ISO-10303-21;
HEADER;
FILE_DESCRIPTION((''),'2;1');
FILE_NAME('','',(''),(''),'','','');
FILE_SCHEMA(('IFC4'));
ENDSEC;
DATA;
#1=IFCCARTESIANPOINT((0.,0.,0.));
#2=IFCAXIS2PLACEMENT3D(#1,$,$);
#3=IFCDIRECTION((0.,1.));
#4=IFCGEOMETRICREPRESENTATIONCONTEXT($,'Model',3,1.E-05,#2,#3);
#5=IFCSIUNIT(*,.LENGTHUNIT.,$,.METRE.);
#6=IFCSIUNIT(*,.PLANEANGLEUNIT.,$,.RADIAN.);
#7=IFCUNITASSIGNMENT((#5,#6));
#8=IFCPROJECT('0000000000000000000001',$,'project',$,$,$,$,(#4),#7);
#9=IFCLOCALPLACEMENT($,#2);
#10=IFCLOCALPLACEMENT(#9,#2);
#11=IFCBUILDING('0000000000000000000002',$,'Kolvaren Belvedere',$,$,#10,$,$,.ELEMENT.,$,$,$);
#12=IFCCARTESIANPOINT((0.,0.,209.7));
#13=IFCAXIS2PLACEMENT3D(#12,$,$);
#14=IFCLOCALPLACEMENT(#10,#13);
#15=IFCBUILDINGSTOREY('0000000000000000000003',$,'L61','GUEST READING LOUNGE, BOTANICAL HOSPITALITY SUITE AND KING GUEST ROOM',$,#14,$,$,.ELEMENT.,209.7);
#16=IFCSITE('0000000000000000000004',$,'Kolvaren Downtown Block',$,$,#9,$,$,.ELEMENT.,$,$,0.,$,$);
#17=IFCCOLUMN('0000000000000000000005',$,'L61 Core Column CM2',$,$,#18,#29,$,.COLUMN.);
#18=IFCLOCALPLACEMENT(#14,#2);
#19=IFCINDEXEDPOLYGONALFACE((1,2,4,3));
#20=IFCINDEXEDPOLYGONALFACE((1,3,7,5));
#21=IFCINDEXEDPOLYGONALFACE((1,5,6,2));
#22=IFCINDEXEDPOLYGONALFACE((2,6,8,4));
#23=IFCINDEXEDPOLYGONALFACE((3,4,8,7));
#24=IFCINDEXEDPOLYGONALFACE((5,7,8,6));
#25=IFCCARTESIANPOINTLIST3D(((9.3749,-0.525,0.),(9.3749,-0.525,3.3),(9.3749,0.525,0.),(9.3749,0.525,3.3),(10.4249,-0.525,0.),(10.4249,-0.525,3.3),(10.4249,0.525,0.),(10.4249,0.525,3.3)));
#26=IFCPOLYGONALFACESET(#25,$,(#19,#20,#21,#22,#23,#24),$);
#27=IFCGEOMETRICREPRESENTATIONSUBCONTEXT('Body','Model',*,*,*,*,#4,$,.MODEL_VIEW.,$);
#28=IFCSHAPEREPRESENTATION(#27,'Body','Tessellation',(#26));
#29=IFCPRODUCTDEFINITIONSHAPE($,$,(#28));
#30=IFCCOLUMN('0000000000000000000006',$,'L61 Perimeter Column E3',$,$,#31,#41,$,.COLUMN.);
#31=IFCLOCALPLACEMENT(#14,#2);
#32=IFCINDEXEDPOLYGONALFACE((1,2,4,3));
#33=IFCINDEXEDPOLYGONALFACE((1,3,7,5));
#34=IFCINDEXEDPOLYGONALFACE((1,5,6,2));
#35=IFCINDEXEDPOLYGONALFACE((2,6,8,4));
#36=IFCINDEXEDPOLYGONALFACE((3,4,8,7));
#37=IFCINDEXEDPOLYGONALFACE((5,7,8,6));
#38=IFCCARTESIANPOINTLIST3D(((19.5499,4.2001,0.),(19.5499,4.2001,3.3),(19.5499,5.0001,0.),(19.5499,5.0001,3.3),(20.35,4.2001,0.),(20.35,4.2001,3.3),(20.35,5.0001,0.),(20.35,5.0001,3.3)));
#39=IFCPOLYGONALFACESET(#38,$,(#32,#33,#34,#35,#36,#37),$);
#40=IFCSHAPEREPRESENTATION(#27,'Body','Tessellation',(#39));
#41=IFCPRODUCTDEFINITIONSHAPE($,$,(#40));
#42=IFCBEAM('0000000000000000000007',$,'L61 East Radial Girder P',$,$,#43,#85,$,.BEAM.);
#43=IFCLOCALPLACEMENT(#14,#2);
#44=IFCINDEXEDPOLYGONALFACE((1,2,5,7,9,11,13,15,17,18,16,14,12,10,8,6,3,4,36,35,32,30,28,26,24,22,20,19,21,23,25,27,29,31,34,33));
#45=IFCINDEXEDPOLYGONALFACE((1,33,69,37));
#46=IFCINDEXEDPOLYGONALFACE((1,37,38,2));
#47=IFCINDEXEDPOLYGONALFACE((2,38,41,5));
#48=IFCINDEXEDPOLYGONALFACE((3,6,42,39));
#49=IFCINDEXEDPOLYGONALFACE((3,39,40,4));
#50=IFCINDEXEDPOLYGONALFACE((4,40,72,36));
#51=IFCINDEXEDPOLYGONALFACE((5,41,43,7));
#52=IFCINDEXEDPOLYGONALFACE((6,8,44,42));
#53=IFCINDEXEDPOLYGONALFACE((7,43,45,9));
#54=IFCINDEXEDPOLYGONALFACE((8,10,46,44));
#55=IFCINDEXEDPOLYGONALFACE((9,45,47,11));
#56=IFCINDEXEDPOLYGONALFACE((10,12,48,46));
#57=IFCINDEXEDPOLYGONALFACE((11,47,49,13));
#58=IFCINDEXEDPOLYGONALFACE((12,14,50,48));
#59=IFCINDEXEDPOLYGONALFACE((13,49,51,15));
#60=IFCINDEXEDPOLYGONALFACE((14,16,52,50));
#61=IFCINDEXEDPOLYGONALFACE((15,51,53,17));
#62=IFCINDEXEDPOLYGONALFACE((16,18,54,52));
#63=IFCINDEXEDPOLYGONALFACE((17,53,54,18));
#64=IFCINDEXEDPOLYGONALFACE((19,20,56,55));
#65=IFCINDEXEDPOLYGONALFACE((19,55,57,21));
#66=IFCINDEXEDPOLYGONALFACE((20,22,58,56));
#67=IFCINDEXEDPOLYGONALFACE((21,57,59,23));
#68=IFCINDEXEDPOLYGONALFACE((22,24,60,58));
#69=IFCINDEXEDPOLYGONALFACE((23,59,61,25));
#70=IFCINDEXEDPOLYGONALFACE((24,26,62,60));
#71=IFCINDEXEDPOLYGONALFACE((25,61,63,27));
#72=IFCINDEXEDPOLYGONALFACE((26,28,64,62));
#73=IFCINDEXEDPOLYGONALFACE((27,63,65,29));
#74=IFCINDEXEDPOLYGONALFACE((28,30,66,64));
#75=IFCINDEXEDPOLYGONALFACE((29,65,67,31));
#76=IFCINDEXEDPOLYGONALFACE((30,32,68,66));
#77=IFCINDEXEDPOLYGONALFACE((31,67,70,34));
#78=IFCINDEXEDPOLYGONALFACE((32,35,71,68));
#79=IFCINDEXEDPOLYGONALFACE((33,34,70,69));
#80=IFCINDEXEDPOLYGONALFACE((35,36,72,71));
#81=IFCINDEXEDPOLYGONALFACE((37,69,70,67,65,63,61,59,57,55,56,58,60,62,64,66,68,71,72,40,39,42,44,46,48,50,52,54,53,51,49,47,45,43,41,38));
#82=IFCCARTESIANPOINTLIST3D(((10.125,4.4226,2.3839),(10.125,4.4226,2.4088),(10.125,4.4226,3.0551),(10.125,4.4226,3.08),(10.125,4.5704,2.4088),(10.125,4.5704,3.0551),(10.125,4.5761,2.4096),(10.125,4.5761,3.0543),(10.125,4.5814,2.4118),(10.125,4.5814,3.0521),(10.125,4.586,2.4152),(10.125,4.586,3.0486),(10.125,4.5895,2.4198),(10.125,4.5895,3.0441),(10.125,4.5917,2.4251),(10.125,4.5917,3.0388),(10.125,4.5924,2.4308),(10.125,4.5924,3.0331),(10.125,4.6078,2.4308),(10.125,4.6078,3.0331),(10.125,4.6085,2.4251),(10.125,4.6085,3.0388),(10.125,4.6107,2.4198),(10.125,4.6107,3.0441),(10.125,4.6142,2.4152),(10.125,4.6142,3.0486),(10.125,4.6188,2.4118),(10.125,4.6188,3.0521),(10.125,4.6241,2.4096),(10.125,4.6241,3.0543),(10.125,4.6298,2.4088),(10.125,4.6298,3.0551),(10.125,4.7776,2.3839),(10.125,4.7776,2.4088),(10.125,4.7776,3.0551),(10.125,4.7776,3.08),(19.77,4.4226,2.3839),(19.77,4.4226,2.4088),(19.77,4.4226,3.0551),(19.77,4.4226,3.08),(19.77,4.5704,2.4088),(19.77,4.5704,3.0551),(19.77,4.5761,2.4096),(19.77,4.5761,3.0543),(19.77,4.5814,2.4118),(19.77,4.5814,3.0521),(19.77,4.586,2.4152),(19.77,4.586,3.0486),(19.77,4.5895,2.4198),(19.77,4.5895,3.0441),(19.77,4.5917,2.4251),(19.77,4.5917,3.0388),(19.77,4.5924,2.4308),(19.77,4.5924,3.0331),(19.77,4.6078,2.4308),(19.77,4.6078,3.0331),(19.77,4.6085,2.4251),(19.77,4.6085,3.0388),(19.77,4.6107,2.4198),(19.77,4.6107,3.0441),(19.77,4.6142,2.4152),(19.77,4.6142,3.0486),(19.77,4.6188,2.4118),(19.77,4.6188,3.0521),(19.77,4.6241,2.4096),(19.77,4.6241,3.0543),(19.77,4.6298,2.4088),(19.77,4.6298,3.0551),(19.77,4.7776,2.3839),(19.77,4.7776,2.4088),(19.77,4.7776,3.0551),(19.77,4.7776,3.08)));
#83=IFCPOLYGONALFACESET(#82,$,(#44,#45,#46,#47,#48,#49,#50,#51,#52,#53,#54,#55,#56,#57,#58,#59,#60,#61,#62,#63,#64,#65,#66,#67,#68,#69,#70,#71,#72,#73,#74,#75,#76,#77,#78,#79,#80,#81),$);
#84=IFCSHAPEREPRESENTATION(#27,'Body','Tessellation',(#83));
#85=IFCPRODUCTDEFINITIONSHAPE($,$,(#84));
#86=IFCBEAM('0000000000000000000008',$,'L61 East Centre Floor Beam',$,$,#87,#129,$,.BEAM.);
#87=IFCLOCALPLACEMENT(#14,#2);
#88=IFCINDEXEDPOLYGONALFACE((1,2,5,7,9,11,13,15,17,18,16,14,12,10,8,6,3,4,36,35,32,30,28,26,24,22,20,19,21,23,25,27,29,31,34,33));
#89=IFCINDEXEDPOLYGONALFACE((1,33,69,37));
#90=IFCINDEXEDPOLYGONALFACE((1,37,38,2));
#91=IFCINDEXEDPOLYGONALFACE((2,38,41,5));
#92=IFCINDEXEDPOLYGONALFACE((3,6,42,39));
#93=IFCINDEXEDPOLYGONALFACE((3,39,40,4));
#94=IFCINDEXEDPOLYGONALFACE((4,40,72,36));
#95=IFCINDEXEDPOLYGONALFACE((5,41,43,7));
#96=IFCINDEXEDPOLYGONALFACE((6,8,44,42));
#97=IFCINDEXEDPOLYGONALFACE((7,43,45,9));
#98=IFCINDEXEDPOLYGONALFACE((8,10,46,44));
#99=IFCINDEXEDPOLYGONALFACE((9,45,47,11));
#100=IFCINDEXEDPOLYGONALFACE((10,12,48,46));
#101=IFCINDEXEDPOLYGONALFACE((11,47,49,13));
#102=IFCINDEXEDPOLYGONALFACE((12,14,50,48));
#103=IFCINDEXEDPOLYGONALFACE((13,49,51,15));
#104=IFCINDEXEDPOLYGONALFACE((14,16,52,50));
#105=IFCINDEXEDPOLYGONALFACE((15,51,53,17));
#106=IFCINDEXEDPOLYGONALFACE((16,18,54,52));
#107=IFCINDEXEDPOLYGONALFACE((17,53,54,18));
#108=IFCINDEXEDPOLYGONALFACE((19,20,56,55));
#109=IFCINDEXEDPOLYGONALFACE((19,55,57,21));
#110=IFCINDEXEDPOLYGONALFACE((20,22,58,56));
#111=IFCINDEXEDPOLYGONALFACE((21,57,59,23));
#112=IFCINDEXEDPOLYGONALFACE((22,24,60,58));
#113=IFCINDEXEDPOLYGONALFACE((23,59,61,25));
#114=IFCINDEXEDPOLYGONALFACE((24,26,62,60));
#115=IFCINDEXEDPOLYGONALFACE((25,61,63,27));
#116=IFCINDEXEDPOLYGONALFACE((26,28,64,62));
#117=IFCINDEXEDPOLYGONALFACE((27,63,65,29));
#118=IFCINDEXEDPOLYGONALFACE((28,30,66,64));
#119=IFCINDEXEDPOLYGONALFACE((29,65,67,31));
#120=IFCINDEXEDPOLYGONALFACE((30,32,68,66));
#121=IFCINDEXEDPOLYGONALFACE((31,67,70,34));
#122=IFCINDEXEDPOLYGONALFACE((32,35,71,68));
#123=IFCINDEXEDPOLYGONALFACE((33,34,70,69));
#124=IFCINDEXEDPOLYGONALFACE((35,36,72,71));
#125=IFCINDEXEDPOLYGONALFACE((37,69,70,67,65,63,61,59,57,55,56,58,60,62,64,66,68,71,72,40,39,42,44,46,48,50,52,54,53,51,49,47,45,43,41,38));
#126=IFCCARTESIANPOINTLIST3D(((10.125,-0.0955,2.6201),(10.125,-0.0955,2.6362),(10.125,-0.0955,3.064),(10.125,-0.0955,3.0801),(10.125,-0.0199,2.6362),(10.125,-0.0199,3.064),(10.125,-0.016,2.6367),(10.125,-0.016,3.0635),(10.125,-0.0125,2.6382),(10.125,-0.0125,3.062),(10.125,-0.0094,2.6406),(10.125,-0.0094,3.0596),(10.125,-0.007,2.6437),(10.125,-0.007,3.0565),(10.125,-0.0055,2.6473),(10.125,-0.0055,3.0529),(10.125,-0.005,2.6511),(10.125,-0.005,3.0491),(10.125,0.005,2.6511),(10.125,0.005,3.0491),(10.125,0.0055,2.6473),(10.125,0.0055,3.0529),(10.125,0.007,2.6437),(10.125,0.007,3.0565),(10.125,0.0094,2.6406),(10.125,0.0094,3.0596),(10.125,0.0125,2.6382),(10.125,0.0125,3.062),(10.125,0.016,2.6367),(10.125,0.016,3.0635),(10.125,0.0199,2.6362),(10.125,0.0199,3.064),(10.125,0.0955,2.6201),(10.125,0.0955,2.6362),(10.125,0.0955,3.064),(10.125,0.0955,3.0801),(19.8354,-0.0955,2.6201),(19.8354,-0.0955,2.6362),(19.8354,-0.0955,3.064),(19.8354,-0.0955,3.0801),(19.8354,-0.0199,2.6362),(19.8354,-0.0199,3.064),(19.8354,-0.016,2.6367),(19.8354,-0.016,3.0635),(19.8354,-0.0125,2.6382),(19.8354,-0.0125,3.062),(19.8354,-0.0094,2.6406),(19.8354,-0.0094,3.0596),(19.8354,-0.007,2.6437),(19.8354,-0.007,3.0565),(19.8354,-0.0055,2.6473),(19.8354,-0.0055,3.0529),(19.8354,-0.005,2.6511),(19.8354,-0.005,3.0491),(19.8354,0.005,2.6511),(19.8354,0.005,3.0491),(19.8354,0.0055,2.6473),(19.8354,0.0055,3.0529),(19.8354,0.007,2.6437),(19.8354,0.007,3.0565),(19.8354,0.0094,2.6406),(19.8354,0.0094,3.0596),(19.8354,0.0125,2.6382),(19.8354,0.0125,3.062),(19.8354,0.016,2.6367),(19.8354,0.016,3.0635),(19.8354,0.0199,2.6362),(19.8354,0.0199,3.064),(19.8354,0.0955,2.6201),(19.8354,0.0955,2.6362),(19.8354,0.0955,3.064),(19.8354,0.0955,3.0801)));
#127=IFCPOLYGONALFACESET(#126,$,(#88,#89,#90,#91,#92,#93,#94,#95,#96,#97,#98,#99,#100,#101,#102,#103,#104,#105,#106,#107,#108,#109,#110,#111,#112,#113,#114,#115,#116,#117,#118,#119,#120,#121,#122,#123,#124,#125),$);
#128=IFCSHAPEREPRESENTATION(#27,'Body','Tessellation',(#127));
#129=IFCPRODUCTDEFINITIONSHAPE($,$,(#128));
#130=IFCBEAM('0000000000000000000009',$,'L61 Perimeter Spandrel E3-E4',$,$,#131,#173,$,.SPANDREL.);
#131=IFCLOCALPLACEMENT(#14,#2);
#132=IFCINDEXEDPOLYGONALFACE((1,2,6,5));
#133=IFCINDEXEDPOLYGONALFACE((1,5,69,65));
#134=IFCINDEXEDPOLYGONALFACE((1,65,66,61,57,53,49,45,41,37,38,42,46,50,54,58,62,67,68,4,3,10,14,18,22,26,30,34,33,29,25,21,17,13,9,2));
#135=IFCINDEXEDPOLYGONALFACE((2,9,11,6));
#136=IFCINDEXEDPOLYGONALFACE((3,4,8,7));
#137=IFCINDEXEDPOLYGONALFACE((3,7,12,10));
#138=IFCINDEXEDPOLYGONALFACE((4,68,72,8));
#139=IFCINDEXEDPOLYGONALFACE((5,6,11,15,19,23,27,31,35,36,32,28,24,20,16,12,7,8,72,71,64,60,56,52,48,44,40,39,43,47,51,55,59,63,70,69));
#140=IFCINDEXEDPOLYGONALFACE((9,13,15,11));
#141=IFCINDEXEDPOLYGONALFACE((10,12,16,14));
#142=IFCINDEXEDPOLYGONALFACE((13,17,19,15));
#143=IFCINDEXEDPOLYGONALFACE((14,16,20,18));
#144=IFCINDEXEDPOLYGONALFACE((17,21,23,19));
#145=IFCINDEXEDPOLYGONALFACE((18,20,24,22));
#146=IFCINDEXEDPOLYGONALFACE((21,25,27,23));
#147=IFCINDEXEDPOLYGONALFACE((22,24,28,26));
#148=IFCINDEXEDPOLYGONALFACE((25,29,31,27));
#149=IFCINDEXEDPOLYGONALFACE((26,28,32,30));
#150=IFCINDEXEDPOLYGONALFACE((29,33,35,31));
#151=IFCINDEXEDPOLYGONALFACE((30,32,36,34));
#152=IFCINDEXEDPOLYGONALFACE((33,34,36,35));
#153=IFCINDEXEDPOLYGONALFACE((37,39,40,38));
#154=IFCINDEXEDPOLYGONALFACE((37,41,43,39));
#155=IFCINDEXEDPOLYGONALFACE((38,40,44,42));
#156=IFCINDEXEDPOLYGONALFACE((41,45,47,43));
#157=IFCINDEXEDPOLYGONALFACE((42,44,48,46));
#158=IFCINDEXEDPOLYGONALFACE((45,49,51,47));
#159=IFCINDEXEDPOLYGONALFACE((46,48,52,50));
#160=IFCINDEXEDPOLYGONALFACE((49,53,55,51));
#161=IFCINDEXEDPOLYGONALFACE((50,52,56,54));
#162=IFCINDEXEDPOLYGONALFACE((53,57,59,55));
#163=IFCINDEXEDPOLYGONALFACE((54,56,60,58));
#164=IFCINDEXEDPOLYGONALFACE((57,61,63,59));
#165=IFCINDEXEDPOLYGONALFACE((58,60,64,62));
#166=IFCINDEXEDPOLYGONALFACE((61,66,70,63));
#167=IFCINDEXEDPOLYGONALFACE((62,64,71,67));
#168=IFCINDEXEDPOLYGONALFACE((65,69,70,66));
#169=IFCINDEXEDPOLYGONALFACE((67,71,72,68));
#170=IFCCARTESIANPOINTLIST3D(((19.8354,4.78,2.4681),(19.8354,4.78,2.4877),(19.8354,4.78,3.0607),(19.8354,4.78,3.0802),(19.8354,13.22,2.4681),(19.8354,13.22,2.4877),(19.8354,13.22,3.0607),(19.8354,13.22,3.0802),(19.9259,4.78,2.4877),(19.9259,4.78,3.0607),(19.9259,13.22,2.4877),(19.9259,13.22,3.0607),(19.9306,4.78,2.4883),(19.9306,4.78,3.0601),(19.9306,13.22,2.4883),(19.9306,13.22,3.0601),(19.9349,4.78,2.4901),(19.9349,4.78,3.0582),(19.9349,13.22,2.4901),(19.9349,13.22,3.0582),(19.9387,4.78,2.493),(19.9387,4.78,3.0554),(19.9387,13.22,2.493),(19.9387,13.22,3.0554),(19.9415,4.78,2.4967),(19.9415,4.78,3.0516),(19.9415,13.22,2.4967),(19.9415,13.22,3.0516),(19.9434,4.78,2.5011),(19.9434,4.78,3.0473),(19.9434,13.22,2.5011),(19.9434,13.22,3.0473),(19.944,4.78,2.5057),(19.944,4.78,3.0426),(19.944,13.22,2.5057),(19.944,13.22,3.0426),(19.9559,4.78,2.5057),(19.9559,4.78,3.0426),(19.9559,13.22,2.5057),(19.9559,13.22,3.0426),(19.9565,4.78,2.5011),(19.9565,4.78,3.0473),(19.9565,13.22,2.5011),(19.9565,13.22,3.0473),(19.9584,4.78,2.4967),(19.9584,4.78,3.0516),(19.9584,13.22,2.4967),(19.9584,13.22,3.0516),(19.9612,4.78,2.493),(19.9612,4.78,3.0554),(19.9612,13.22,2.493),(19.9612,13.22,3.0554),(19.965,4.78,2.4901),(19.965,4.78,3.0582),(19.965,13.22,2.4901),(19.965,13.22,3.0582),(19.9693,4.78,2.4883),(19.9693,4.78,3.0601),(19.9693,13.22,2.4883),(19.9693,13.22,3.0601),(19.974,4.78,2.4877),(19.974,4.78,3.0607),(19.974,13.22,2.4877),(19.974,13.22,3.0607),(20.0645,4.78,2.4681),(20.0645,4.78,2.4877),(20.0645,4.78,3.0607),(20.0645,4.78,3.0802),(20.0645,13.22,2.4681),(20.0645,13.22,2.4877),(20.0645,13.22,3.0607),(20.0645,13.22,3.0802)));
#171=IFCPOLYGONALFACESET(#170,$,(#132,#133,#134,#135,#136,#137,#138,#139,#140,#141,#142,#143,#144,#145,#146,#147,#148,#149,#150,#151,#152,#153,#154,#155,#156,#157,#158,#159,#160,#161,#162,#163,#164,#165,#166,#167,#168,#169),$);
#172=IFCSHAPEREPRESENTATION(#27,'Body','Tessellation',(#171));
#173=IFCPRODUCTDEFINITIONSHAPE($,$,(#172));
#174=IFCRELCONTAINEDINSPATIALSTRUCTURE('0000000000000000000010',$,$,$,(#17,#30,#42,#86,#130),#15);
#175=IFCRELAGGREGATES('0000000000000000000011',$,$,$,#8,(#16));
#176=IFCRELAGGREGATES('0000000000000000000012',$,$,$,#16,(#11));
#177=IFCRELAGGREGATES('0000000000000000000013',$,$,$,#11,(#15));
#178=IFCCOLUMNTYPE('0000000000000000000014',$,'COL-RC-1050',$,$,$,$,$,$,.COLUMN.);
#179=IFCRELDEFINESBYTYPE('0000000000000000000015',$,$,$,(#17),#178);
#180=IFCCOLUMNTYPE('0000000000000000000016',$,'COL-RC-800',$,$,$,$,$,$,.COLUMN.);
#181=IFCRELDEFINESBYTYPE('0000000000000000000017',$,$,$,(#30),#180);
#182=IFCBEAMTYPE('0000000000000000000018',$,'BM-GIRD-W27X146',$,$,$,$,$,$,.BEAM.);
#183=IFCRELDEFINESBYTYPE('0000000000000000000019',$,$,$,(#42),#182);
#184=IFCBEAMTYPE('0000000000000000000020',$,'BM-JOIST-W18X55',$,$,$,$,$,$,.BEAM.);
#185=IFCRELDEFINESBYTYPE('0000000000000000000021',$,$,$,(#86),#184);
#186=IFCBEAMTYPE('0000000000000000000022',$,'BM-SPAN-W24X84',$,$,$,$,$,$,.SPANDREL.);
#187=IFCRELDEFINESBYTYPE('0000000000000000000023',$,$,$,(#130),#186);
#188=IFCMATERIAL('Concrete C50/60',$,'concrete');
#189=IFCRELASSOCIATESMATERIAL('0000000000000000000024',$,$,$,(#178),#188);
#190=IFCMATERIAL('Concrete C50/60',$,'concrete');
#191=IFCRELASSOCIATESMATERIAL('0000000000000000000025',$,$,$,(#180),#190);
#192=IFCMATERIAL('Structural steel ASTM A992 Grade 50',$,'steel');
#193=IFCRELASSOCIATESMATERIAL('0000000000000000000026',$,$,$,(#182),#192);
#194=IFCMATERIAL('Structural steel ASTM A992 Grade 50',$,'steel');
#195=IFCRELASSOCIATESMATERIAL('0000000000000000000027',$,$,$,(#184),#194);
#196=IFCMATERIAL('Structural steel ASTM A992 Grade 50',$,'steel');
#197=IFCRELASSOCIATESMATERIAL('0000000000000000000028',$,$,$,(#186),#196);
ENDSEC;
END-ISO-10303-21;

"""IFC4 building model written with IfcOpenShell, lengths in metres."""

from ifc_helpers import new_model, si_unit, direction, frame, origin, origin_2d, place, context, subcontext, project, spatial, rectangle, i_section, extrude, material, material_profile, profile_set, type_object, element, save


model = new_model("IFC4")

# Units and contexts
model_context = context("Model", 3, precision=1e-05, world=origin(), true_north=direction((0.0, 1.0)))
body_context = subcontext(model_context, "Body", "Model", "MODEL_VIEW")
ifc_project = project(units=[si_unit("LENGTHUNIT", "METRE"), si_unit("PLANEANGLEUNIT", "RADIAN")], contexts=[model_context])

# Site, building, storey
site_placement = place(None, origin())
site = spatial("IfcSite", under=ifc_project, at=site_placement, Name="Kolvaren Downtown Block", CompositionType="ELEMENT", RefElevation=0.0)
building_placement = place(site_placement, origin())
building = spatial("IfcBuilding", under=site, at=building_placement, Name="Kolvaren Belvedere", CompositionType="ELEMENT")
storey_placement = place(building_placement, frame((0.0, 0.0, 209.7)))
storey = spatial("IfcBuildingStorey", under=building, at=storey_placement, Name="L61", Description="GUEST READING LOUNGE, BOTANICAL HOSPITALITY SUITE AND KING GUEST ROOM", CompositionType="ELEMENT", Elevation=209.7)

# Columns
ifc_material_1 = material(Name="Concrete C50/60", Category="concrete")
ifc_material_profile_1 = material_profile(ifc_material_1, rectangle(XDim=1.05, YDim=1.05, at=origin_2d()), Name="RC 1050X1050")
ifc_profile_set_1 = profile_set([ifc_material_profile_1], Name="Concrete C50/60")
column_type_1 = type_object("IfcColumnType", Name="COL-RC-1050", PredefinedType="COLUMN", material=ifc_profile_set_1)
column_1_placement = place(storey_placement, frame((9.8999, 0.0, 0.0), z_axis=(0.0, 0.0, 1.0), x_axis=(1.0, 0.0, 0.0)))
element("IfcColumn", 1, at=column_1_placement, inside=storey, type_object=column_type_1, Name="L61 Core Column CM2", PredefinedType="COLUMN", context=body_context, shape_type="SweptSolid", body=[
    extrude(rectangle(XDim=1.05, YDim=1.05, at=origin_2d()), origin(), (0.0, 0.0, 1.0), 3.3),
])
ifc_material_2 = material(Name="Concrete C50/60", Category="concrete")
ifc_material_profile_2 = material_profile(ifc_material_2, rectangle(XDim=0.8, YDim=0.8, at=origin_2d()), Name="RC 800X800")
ifc_profile_set_2 = profile_set([ifc_material_profile_2], Name="Concrete C50/60")
column_type_2 = type_object("IfcColumnType", Name="COL-RC-800", PredefinedType="COLUMN", material=ifc_profile_set_2)
column_2_placement = place(storey_placement, frame((19.95, 4.6001, 0.0), z_axis=(0.0, 0.0, 1.0), x_axis=(1.0, 0.0, 0.0)))
element("IfcColumn", 2, at=column_2_placement, inside=storey, type_object=column_type_2, Name="L61 Perimeter Column E3", PredefinedType="COLUMN", context=body_context, shape_type="SweptSolid", body=[
    extrude(rectangle(XDim=0.8, YDim=0.8, at=origin_2d()), origin(), (0.0, 0.0, 1.0), 3.3),
])

# Beams
ifc_material_3 = material(Name="Structural steel ASTM A992 Grade 50", Category="steel")
ifc_material_profile_3 = material_profile(ifc_material_3, i_section(OverallWidth=0.355, OverallDepth=0.696, WebThickness=0.0154, FlangeThickness=0.0249, FilletRadius=0.022, at=origin_2d()), Name="W27X146")
ifc_profile_set_3 = profile_set([ifc_material_profile_3], Name="Structural steel ASTM A992 Grade 50")
beam_type_1 = type_object("IfcBeamType", Name="BM-GIRD-W27X146", PredefinedType="BEAM", material=ifc_profile_set_3)
beam_1_placement = place(storey_placement, frame((10.125, 4.6001, 2.7319), z_axis=(1.0, 0.0, 0.0), x_axis=(0.0, 1.0, 0.0)))
element("IfcBeam", 3, at=beam_1_placement, inside=storey, type_object=beam_type_1, Name="L61 East Radial Girder P", PredefinedType="BEAM", context=body_context, shape_type="SweptSolid", body=[
    extrude(i_section(OverallWidth=0.355, OverallDepth=0.696, WebThickness=0.0154, FlangeThickness=0.0249, FilletRadius=0.022, at=origin_2d()), origin(), (0.0, 0.0, 1.0), 9.645),
])
ifc_material_4 = material(Name="Structural steel ASTM A992 Grade 50", Category="steel")
ifc_material_profile_4 = material_profile(ifc_material_4, i_section(OverallWidth=0.1909, OverallDepth=0.46, WebThickness=0.01, FlangeThickness=0.0161, FilletRadius=0.0149, at=origin_2d()), Name="W18X55")
ifc_profile_set_4 = profile_set([ifc_material_profile_4], Name="Structural steel ASTM A992 Grade 50")
beam_type_2 = type_object("IfcBeamType", Name="BM-JOIST-W18X55", PredefinedType="BEAM", material=ifc_profile_set_4)
beam_2_placement = place(storey_placement, frame((10.125, 0.0, 2.8501), z_axis=(1.0, 0.0, 0.0), x_axis=(0.0, 1.0, 0.0)))
element("IfcBeam", 4, at=beam_2_placement, inside=storey, type_object=beam_type_2, Name="L61 East Centre Floor Beam", PredefinedType="BEAM", context=body_context, shape_type="SweptSolid", body=[
    extrude(i_section(OverallWidth=0.1909, OverallDepth=0.46, WebThickness=0.01, FlangeThickness=0.0161, FilletRadius=0.0149, at=origin_2d()), origin(), (0.0, 0.0, 1.0), 9.7104),
])
ifc_material_5 = material(Name="Structural steel ASTM A992 Grade 50", Category="steel")
ifc_material_profile_5 = material_profile(ifc_material_5, i_section(OverallWidth=0.229, OverallDepth=0.6121, WebThickness=0.012, FlangeThickness=0.0195, FilletRadius=0.0181, at=origin_2d()), Name="W24X84")
ifc_profile_set_5 = profile_set([ifc_material_profile_5], Name="Structural steel ASTM A992 Grade 50")
beam_type_3 = type_object("IfcBeamType", Name="BM-SPAN-W24X84", PredefinedType="SPANDREL", material=ifc_profile_set_5)
beam_3_placement = place(storey_placement, frame((19.95, 4.78, 2.7742), z_axis=(0.0, 1.0, 0.0), x_axis=(-1.0, 0.0, 0.0)))
element("IfcBeam", 5, at=beam_3_placement, inside=storey, type_object=beam_type_3, Name="L61 Perimeter Spandrel E3-E4", PredefinedType="SPANDREL", context=body_context, shape_type="SweptSolid", body=[
    extrude(i_section(OverallWidth=0.229, OverallDepth=0.6121, WebThickness=0.012, FlangeThickness=0.0195, FilletRadius=0.0181, at=origin_2d()), origin(), (0.0, 0.0, 1.0), 8.4399),
])

save(model, "model.ifc")
